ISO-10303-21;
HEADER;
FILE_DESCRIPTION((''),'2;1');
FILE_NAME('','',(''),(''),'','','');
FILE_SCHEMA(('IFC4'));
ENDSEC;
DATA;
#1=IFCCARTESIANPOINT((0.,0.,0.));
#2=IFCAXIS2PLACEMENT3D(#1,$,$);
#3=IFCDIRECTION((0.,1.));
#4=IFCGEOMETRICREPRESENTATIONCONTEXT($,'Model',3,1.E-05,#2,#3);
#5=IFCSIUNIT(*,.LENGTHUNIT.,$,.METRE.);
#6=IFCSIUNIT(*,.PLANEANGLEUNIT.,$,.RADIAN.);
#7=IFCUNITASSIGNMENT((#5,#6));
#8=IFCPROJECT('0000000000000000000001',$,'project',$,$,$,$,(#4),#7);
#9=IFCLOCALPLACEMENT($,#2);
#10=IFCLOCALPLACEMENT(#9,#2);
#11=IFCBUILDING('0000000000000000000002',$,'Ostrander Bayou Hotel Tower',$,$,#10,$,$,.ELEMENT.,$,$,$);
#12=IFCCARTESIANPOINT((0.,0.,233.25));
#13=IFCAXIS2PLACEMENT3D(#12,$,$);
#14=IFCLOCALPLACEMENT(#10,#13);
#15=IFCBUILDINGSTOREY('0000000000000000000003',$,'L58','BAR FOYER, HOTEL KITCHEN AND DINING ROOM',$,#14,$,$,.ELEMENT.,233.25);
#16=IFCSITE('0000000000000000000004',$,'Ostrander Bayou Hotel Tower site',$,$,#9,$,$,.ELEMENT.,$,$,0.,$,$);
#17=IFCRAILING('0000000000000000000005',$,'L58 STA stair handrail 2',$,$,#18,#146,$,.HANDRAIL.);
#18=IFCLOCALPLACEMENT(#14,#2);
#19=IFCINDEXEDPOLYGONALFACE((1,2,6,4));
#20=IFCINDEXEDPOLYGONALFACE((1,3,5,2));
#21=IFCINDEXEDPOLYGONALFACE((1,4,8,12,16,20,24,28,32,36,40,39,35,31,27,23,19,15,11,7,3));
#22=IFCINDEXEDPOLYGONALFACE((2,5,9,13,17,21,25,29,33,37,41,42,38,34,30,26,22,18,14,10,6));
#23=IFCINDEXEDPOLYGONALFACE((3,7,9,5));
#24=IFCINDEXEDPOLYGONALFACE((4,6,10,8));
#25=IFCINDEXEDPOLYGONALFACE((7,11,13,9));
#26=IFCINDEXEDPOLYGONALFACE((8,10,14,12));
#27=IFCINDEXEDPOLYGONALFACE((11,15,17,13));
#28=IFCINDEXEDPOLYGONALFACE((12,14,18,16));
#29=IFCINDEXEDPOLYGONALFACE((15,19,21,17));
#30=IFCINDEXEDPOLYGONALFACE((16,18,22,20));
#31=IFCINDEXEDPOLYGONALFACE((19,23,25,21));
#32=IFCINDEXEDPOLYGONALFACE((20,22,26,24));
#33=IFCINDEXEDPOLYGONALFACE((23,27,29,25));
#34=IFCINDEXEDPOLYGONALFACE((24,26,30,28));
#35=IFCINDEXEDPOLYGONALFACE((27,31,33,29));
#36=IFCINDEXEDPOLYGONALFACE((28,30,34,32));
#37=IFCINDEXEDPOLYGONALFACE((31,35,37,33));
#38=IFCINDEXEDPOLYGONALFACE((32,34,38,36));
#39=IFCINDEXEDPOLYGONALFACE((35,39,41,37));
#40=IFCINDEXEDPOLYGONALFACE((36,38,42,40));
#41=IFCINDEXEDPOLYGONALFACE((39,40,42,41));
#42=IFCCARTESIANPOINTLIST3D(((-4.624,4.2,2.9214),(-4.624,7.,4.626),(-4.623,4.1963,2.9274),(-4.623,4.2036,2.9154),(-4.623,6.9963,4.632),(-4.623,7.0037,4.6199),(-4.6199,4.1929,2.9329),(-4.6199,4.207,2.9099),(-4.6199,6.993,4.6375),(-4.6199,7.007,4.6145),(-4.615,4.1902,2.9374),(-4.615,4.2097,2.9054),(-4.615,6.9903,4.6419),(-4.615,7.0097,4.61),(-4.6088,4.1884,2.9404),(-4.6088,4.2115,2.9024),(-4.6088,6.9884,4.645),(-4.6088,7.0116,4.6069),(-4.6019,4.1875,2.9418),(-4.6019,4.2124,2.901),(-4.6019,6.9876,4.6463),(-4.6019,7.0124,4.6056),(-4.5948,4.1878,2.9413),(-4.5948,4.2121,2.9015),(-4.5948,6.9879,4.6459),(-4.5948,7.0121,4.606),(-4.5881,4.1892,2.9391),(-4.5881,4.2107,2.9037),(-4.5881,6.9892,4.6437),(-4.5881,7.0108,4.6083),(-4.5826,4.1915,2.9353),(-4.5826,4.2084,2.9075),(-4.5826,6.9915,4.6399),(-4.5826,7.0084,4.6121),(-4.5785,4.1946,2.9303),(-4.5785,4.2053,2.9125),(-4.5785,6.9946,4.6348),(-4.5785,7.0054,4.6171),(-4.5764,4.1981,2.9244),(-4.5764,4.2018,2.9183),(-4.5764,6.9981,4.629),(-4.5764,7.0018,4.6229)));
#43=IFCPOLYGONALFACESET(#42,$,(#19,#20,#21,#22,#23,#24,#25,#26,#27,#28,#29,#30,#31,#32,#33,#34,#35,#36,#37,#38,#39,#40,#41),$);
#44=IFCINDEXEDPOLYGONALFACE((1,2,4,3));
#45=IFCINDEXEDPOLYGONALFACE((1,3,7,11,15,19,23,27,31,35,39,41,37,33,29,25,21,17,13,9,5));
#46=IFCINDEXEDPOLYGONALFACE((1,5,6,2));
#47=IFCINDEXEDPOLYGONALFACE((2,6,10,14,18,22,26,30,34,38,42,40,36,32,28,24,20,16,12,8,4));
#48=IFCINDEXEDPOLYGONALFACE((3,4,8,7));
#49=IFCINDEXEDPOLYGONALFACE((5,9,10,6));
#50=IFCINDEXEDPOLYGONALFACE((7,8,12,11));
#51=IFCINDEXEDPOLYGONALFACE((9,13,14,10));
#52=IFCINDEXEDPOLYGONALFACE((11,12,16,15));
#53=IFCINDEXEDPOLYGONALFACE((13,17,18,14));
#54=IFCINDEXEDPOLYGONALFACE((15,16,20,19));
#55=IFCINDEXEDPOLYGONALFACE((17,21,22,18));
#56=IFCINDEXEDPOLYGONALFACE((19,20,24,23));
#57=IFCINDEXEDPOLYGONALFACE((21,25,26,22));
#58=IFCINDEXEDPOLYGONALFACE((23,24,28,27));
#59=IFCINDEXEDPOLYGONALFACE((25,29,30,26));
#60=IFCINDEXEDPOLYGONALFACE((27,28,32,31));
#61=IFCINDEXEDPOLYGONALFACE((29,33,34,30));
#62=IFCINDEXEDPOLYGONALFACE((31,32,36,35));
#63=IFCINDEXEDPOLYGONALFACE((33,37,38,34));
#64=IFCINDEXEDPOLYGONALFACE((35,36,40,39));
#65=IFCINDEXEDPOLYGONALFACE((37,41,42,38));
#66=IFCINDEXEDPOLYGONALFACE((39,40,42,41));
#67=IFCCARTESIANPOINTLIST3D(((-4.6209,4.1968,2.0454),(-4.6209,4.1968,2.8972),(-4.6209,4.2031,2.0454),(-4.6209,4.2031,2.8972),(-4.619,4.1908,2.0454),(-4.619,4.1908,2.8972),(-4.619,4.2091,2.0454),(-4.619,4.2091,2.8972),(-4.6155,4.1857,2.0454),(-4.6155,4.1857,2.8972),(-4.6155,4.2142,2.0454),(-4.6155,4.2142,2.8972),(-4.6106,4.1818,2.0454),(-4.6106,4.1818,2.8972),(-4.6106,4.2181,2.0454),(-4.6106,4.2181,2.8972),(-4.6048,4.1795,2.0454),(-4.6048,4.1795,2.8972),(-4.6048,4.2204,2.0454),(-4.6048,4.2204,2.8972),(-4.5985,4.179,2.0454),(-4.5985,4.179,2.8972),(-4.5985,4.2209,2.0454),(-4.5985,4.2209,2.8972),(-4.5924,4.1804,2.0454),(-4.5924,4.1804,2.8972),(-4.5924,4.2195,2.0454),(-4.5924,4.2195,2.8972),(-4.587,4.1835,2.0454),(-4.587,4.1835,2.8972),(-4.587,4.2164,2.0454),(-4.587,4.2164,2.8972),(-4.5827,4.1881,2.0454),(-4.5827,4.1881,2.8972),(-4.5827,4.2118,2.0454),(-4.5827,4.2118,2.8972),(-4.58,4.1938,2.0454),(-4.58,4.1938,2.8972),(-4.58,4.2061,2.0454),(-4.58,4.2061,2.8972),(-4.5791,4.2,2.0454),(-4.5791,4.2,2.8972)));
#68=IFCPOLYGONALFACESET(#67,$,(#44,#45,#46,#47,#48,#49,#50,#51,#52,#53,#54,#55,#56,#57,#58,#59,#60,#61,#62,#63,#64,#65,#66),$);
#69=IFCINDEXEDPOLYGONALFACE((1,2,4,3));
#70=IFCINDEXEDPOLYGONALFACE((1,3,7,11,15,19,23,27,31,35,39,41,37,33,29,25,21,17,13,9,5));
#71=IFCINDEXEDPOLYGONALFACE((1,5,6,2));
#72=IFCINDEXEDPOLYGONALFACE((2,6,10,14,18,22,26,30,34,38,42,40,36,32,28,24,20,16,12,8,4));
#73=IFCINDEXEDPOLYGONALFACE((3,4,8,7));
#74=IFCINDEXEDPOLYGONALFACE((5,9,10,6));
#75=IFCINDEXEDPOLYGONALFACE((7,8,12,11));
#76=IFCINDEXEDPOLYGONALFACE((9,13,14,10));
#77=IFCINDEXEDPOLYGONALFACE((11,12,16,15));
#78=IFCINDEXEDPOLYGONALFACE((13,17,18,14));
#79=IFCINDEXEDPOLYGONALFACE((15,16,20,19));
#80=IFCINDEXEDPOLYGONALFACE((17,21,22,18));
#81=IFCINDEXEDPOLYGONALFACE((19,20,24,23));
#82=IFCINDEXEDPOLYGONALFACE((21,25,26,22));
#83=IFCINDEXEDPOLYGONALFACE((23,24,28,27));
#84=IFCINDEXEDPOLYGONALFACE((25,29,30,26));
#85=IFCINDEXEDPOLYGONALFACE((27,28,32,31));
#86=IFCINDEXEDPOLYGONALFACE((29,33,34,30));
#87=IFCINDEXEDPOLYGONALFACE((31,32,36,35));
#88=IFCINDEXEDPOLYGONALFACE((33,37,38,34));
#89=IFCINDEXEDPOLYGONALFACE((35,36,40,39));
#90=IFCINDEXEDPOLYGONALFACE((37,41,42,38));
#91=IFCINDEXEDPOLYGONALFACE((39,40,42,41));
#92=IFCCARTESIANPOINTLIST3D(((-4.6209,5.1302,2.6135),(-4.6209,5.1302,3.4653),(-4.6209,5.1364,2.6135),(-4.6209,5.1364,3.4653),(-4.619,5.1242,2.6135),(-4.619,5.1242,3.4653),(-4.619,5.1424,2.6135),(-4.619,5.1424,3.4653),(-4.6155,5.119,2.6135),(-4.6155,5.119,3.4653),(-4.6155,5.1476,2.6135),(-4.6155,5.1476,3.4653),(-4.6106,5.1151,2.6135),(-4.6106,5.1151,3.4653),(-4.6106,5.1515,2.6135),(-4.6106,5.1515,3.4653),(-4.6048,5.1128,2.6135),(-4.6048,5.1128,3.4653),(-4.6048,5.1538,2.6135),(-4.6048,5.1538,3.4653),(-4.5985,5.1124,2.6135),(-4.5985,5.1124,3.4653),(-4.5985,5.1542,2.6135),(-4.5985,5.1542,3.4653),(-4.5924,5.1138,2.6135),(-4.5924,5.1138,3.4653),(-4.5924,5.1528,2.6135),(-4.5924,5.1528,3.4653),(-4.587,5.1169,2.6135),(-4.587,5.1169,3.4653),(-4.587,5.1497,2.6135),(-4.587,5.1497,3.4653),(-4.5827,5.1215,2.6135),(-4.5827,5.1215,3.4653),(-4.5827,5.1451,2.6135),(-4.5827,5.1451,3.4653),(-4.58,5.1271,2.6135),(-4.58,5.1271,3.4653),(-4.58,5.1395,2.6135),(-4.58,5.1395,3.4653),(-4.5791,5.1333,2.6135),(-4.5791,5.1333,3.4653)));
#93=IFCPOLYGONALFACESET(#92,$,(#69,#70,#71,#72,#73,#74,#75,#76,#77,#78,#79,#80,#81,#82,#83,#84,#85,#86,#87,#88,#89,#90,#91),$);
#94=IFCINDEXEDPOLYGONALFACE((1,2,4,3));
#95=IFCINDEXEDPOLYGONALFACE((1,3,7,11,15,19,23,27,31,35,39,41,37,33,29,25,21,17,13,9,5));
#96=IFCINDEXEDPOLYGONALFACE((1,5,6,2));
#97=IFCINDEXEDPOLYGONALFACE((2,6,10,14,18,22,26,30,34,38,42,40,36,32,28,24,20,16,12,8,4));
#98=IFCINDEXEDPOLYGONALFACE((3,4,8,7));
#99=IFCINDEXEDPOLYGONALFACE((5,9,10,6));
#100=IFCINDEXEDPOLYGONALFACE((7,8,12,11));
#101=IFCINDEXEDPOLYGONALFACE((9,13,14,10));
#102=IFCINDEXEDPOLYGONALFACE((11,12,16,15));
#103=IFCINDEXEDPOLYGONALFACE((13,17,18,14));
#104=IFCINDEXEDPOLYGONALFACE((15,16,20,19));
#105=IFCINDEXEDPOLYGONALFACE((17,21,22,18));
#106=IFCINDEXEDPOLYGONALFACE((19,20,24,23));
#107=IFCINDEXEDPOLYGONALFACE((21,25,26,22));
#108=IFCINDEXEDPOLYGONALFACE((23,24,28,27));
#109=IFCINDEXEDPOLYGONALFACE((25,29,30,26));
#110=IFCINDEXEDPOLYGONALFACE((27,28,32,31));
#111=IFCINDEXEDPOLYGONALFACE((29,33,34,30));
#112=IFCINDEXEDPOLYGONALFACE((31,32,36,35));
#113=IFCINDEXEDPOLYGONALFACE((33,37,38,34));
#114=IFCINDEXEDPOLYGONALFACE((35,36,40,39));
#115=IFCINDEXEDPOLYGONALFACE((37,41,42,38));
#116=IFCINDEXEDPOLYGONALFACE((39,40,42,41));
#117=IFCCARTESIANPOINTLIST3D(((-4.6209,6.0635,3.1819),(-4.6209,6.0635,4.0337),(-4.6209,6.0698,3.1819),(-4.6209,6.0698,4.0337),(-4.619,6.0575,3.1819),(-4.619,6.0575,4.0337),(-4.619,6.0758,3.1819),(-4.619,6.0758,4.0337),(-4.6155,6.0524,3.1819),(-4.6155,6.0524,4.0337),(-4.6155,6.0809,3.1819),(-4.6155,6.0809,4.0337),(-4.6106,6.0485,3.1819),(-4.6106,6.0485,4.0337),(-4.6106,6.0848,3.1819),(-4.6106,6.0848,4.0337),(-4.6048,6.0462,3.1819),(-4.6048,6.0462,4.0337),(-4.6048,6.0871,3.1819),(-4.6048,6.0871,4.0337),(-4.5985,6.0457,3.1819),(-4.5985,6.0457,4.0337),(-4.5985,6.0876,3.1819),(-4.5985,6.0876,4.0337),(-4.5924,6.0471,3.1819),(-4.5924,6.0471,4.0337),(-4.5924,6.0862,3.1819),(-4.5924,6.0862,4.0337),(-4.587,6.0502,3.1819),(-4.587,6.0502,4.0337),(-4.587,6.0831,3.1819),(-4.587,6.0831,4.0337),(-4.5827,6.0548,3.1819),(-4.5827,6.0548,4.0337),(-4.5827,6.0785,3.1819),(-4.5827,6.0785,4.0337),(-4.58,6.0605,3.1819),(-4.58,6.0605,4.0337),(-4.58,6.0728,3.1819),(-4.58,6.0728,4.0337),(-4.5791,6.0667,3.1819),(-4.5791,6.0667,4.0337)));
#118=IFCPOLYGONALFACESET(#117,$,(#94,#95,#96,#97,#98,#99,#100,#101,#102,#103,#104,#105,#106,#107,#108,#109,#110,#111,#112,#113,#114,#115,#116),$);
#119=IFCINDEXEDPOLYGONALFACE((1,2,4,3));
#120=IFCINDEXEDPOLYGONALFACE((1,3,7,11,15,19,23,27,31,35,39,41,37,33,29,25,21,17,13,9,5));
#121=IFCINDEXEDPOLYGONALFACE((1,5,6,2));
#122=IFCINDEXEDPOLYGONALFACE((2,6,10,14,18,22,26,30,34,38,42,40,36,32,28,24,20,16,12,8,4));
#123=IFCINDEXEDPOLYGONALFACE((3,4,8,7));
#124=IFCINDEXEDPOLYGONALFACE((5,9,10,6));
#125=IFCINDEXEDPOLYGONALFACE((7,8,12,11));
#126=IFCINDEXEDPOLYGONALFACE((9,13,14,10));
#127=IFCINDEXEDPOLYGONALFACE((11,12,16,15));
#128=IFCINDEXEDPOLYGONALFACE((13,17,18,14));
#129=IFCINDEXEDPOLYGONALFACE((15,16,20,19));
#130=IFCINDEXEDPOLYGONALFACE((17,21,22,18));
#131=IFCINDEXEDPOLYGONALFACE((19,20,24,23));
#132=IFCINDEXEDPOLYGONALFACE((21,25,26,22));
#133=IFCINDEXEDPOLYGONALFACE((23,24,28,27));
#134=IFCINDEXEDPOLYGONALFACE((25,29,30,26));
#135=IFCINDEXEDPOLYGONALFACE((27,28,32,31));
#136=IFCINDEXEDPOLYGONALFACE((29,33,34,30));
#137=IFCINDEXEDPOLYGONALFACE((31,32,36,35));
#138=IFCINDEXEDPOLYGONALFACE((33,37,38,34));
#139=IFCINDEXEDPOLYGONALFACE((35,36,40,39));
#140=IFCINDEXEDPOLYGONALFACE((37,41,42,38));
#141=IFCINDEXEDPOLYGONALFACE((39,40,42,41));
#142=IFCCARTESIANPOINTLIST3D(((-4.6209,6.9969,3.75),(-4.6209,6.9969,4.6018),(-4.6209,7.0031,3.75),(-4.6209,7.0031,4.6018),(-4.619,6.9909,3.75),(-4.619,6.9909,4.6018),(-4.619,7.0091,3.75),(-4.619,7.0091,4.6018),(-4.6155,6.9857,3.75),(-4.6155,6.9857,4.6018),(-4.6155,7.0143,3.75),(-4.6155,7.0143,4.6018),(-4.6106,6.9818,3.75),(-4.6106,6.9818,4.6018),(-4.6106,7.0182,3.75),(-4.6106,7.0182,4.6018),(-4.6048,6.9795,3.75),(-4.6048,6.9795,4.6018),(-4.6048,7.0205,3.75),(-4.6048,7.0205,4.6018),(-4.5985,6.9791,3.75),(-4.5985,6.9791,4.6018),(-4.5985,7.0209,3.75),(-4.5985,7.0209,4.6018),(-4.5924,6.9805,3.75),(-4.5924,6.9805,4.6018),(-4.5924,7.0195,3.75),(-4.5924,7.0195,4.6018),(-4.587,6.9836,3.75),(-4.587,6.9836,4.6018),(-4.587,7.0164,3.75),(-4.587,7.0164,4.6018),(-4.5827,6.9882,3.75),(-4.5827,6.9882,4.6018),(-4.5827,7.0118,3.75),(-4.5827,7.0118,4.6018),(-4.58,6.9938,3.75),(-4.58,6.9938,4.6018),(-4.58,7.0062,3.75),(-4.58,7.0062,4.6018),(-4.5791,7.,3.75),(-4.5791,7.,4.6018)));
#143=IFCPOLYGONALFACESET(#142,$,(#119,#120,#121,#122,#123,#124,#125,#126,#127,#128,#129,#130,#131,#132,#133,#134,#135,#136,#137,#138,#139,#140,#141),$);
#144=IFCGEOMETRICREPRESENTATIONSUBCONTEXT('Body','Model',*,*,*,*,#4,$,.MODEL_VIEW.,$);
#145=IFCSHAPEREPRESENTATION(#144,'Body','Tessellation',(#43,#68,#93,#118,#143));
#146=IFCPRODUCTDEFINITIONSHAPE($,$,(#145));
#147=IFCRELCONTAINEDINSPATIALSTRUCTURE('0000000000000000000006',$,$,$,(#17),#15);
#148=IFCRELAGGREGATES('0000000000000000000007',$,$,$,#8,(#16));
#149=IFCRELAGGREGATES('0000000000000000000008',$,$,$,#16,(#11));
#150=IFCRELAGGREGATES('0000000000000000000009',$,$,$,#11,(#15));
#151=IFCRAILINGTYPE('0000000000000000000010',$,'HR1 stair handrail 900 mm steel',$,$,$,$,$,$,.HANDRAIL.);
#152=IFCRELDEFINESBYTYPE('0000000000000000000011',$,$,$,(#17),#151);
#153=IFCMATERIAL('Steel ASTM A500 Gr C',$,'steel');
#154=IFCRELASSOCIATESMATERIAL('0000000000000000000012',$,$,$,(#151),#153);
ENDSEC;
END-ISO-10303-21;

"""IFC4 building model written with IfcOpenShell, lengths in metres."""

from ifc_helpers import new_model, si_unit, direction, frame, origin, origin_2d, place, context, subcontext, project, spatial, circle, extrude, material, type_object, element, save


model = new_model("IFC4")

# Units and contexts
model_context = context("Model", 3, precision=1e-05, world=origin(), true_north=direction((0.0, 1.0)))
body_context = subcontext(model_context, "Body", "Model", "MODEL_VIEW")
ifc_project = project(units=[si_unit("LENGTHUNIT", "METRE"), si_unit("PLANEANGLEUNIT", "RADIAN")], contexts=[model_context])

# Site, building, storey
site_placement = place(None, origin())
site = spatial("IfcSite", under=ifc_project, at=site_placement, Name="Ostrander Bayou Hotel Tower site", CompositionType="ELEMENT", RefElevation=0.0)
building_placement = place(site_placement, origin())
building = spatial("IfcBuilding", under=site, at=building_placement, Name="Ostrander Bayou Hotel Tower", CompositionType="ELEMENT")
storey_placement = place(building_placement, frame((0.0, 0.0, 233.25)))
storey = spatial("IfcBuildingStorey", under=building, at=storey_placement, Name="L58", Description="BAR FOYER, HOTEL KITCHEN AND DINING ROOM", CompositionType="ELEMENT", Elevation=233.25)

# Railing
ifc_material_1 = material(Name="Steel ASTM A500 Gr C", Category="steel")
railing_type_1 = type_object("IfcRailingType", Name="HR1 stair handrail 900 mm steel", PredefinedType="HANDRAIL", material=ifc_material_1)
railing_1_placement = place(storey_placement, frame((-4.6001, 4.2, 2.0454)))
element("IfcRailing", 1, at=railing_1_placement, inside=storey, type_object=railing_type_1, Name="L58 STA stair handrail 2", PredefinedType="HANDRAIL", context=body_context, shape_type="SweptSolid", body=[
    extrude(circle(Radius=0.0239, at=origin_2d()), frame((0.0, 0.0, 0.876), z_axis=(0.0, 0.85417, 0.519994), x_axis=(-1.0, 0.0, 0.0)), (0.0, 0.0, 1.0), 3.2781),
    extrude(circle(Radius=0.021, at=origin_2d()), origin(), (0.0, 0.0, 1.0), 0.8518),
    extrude(circle(Radius=0.021, at=origin_2d()), frame((0.0, 0.9333, 0.5681)), (0.0, 0.0, 1.0), 0.8518),
    extrude(circle(Radius=0.021, at=origin_2d()), frame((0.0, 1.8667, 1.1365)), (0.0, 0.0, 1.0), 0.8518),
    extrude(circle(Radius=0.021, at=origin_2d()), frame((0.0, 2.8, 1.7046)), (0.0, 0.0, 1.0), 0.8518),
])

save(model, "model.ifc")
